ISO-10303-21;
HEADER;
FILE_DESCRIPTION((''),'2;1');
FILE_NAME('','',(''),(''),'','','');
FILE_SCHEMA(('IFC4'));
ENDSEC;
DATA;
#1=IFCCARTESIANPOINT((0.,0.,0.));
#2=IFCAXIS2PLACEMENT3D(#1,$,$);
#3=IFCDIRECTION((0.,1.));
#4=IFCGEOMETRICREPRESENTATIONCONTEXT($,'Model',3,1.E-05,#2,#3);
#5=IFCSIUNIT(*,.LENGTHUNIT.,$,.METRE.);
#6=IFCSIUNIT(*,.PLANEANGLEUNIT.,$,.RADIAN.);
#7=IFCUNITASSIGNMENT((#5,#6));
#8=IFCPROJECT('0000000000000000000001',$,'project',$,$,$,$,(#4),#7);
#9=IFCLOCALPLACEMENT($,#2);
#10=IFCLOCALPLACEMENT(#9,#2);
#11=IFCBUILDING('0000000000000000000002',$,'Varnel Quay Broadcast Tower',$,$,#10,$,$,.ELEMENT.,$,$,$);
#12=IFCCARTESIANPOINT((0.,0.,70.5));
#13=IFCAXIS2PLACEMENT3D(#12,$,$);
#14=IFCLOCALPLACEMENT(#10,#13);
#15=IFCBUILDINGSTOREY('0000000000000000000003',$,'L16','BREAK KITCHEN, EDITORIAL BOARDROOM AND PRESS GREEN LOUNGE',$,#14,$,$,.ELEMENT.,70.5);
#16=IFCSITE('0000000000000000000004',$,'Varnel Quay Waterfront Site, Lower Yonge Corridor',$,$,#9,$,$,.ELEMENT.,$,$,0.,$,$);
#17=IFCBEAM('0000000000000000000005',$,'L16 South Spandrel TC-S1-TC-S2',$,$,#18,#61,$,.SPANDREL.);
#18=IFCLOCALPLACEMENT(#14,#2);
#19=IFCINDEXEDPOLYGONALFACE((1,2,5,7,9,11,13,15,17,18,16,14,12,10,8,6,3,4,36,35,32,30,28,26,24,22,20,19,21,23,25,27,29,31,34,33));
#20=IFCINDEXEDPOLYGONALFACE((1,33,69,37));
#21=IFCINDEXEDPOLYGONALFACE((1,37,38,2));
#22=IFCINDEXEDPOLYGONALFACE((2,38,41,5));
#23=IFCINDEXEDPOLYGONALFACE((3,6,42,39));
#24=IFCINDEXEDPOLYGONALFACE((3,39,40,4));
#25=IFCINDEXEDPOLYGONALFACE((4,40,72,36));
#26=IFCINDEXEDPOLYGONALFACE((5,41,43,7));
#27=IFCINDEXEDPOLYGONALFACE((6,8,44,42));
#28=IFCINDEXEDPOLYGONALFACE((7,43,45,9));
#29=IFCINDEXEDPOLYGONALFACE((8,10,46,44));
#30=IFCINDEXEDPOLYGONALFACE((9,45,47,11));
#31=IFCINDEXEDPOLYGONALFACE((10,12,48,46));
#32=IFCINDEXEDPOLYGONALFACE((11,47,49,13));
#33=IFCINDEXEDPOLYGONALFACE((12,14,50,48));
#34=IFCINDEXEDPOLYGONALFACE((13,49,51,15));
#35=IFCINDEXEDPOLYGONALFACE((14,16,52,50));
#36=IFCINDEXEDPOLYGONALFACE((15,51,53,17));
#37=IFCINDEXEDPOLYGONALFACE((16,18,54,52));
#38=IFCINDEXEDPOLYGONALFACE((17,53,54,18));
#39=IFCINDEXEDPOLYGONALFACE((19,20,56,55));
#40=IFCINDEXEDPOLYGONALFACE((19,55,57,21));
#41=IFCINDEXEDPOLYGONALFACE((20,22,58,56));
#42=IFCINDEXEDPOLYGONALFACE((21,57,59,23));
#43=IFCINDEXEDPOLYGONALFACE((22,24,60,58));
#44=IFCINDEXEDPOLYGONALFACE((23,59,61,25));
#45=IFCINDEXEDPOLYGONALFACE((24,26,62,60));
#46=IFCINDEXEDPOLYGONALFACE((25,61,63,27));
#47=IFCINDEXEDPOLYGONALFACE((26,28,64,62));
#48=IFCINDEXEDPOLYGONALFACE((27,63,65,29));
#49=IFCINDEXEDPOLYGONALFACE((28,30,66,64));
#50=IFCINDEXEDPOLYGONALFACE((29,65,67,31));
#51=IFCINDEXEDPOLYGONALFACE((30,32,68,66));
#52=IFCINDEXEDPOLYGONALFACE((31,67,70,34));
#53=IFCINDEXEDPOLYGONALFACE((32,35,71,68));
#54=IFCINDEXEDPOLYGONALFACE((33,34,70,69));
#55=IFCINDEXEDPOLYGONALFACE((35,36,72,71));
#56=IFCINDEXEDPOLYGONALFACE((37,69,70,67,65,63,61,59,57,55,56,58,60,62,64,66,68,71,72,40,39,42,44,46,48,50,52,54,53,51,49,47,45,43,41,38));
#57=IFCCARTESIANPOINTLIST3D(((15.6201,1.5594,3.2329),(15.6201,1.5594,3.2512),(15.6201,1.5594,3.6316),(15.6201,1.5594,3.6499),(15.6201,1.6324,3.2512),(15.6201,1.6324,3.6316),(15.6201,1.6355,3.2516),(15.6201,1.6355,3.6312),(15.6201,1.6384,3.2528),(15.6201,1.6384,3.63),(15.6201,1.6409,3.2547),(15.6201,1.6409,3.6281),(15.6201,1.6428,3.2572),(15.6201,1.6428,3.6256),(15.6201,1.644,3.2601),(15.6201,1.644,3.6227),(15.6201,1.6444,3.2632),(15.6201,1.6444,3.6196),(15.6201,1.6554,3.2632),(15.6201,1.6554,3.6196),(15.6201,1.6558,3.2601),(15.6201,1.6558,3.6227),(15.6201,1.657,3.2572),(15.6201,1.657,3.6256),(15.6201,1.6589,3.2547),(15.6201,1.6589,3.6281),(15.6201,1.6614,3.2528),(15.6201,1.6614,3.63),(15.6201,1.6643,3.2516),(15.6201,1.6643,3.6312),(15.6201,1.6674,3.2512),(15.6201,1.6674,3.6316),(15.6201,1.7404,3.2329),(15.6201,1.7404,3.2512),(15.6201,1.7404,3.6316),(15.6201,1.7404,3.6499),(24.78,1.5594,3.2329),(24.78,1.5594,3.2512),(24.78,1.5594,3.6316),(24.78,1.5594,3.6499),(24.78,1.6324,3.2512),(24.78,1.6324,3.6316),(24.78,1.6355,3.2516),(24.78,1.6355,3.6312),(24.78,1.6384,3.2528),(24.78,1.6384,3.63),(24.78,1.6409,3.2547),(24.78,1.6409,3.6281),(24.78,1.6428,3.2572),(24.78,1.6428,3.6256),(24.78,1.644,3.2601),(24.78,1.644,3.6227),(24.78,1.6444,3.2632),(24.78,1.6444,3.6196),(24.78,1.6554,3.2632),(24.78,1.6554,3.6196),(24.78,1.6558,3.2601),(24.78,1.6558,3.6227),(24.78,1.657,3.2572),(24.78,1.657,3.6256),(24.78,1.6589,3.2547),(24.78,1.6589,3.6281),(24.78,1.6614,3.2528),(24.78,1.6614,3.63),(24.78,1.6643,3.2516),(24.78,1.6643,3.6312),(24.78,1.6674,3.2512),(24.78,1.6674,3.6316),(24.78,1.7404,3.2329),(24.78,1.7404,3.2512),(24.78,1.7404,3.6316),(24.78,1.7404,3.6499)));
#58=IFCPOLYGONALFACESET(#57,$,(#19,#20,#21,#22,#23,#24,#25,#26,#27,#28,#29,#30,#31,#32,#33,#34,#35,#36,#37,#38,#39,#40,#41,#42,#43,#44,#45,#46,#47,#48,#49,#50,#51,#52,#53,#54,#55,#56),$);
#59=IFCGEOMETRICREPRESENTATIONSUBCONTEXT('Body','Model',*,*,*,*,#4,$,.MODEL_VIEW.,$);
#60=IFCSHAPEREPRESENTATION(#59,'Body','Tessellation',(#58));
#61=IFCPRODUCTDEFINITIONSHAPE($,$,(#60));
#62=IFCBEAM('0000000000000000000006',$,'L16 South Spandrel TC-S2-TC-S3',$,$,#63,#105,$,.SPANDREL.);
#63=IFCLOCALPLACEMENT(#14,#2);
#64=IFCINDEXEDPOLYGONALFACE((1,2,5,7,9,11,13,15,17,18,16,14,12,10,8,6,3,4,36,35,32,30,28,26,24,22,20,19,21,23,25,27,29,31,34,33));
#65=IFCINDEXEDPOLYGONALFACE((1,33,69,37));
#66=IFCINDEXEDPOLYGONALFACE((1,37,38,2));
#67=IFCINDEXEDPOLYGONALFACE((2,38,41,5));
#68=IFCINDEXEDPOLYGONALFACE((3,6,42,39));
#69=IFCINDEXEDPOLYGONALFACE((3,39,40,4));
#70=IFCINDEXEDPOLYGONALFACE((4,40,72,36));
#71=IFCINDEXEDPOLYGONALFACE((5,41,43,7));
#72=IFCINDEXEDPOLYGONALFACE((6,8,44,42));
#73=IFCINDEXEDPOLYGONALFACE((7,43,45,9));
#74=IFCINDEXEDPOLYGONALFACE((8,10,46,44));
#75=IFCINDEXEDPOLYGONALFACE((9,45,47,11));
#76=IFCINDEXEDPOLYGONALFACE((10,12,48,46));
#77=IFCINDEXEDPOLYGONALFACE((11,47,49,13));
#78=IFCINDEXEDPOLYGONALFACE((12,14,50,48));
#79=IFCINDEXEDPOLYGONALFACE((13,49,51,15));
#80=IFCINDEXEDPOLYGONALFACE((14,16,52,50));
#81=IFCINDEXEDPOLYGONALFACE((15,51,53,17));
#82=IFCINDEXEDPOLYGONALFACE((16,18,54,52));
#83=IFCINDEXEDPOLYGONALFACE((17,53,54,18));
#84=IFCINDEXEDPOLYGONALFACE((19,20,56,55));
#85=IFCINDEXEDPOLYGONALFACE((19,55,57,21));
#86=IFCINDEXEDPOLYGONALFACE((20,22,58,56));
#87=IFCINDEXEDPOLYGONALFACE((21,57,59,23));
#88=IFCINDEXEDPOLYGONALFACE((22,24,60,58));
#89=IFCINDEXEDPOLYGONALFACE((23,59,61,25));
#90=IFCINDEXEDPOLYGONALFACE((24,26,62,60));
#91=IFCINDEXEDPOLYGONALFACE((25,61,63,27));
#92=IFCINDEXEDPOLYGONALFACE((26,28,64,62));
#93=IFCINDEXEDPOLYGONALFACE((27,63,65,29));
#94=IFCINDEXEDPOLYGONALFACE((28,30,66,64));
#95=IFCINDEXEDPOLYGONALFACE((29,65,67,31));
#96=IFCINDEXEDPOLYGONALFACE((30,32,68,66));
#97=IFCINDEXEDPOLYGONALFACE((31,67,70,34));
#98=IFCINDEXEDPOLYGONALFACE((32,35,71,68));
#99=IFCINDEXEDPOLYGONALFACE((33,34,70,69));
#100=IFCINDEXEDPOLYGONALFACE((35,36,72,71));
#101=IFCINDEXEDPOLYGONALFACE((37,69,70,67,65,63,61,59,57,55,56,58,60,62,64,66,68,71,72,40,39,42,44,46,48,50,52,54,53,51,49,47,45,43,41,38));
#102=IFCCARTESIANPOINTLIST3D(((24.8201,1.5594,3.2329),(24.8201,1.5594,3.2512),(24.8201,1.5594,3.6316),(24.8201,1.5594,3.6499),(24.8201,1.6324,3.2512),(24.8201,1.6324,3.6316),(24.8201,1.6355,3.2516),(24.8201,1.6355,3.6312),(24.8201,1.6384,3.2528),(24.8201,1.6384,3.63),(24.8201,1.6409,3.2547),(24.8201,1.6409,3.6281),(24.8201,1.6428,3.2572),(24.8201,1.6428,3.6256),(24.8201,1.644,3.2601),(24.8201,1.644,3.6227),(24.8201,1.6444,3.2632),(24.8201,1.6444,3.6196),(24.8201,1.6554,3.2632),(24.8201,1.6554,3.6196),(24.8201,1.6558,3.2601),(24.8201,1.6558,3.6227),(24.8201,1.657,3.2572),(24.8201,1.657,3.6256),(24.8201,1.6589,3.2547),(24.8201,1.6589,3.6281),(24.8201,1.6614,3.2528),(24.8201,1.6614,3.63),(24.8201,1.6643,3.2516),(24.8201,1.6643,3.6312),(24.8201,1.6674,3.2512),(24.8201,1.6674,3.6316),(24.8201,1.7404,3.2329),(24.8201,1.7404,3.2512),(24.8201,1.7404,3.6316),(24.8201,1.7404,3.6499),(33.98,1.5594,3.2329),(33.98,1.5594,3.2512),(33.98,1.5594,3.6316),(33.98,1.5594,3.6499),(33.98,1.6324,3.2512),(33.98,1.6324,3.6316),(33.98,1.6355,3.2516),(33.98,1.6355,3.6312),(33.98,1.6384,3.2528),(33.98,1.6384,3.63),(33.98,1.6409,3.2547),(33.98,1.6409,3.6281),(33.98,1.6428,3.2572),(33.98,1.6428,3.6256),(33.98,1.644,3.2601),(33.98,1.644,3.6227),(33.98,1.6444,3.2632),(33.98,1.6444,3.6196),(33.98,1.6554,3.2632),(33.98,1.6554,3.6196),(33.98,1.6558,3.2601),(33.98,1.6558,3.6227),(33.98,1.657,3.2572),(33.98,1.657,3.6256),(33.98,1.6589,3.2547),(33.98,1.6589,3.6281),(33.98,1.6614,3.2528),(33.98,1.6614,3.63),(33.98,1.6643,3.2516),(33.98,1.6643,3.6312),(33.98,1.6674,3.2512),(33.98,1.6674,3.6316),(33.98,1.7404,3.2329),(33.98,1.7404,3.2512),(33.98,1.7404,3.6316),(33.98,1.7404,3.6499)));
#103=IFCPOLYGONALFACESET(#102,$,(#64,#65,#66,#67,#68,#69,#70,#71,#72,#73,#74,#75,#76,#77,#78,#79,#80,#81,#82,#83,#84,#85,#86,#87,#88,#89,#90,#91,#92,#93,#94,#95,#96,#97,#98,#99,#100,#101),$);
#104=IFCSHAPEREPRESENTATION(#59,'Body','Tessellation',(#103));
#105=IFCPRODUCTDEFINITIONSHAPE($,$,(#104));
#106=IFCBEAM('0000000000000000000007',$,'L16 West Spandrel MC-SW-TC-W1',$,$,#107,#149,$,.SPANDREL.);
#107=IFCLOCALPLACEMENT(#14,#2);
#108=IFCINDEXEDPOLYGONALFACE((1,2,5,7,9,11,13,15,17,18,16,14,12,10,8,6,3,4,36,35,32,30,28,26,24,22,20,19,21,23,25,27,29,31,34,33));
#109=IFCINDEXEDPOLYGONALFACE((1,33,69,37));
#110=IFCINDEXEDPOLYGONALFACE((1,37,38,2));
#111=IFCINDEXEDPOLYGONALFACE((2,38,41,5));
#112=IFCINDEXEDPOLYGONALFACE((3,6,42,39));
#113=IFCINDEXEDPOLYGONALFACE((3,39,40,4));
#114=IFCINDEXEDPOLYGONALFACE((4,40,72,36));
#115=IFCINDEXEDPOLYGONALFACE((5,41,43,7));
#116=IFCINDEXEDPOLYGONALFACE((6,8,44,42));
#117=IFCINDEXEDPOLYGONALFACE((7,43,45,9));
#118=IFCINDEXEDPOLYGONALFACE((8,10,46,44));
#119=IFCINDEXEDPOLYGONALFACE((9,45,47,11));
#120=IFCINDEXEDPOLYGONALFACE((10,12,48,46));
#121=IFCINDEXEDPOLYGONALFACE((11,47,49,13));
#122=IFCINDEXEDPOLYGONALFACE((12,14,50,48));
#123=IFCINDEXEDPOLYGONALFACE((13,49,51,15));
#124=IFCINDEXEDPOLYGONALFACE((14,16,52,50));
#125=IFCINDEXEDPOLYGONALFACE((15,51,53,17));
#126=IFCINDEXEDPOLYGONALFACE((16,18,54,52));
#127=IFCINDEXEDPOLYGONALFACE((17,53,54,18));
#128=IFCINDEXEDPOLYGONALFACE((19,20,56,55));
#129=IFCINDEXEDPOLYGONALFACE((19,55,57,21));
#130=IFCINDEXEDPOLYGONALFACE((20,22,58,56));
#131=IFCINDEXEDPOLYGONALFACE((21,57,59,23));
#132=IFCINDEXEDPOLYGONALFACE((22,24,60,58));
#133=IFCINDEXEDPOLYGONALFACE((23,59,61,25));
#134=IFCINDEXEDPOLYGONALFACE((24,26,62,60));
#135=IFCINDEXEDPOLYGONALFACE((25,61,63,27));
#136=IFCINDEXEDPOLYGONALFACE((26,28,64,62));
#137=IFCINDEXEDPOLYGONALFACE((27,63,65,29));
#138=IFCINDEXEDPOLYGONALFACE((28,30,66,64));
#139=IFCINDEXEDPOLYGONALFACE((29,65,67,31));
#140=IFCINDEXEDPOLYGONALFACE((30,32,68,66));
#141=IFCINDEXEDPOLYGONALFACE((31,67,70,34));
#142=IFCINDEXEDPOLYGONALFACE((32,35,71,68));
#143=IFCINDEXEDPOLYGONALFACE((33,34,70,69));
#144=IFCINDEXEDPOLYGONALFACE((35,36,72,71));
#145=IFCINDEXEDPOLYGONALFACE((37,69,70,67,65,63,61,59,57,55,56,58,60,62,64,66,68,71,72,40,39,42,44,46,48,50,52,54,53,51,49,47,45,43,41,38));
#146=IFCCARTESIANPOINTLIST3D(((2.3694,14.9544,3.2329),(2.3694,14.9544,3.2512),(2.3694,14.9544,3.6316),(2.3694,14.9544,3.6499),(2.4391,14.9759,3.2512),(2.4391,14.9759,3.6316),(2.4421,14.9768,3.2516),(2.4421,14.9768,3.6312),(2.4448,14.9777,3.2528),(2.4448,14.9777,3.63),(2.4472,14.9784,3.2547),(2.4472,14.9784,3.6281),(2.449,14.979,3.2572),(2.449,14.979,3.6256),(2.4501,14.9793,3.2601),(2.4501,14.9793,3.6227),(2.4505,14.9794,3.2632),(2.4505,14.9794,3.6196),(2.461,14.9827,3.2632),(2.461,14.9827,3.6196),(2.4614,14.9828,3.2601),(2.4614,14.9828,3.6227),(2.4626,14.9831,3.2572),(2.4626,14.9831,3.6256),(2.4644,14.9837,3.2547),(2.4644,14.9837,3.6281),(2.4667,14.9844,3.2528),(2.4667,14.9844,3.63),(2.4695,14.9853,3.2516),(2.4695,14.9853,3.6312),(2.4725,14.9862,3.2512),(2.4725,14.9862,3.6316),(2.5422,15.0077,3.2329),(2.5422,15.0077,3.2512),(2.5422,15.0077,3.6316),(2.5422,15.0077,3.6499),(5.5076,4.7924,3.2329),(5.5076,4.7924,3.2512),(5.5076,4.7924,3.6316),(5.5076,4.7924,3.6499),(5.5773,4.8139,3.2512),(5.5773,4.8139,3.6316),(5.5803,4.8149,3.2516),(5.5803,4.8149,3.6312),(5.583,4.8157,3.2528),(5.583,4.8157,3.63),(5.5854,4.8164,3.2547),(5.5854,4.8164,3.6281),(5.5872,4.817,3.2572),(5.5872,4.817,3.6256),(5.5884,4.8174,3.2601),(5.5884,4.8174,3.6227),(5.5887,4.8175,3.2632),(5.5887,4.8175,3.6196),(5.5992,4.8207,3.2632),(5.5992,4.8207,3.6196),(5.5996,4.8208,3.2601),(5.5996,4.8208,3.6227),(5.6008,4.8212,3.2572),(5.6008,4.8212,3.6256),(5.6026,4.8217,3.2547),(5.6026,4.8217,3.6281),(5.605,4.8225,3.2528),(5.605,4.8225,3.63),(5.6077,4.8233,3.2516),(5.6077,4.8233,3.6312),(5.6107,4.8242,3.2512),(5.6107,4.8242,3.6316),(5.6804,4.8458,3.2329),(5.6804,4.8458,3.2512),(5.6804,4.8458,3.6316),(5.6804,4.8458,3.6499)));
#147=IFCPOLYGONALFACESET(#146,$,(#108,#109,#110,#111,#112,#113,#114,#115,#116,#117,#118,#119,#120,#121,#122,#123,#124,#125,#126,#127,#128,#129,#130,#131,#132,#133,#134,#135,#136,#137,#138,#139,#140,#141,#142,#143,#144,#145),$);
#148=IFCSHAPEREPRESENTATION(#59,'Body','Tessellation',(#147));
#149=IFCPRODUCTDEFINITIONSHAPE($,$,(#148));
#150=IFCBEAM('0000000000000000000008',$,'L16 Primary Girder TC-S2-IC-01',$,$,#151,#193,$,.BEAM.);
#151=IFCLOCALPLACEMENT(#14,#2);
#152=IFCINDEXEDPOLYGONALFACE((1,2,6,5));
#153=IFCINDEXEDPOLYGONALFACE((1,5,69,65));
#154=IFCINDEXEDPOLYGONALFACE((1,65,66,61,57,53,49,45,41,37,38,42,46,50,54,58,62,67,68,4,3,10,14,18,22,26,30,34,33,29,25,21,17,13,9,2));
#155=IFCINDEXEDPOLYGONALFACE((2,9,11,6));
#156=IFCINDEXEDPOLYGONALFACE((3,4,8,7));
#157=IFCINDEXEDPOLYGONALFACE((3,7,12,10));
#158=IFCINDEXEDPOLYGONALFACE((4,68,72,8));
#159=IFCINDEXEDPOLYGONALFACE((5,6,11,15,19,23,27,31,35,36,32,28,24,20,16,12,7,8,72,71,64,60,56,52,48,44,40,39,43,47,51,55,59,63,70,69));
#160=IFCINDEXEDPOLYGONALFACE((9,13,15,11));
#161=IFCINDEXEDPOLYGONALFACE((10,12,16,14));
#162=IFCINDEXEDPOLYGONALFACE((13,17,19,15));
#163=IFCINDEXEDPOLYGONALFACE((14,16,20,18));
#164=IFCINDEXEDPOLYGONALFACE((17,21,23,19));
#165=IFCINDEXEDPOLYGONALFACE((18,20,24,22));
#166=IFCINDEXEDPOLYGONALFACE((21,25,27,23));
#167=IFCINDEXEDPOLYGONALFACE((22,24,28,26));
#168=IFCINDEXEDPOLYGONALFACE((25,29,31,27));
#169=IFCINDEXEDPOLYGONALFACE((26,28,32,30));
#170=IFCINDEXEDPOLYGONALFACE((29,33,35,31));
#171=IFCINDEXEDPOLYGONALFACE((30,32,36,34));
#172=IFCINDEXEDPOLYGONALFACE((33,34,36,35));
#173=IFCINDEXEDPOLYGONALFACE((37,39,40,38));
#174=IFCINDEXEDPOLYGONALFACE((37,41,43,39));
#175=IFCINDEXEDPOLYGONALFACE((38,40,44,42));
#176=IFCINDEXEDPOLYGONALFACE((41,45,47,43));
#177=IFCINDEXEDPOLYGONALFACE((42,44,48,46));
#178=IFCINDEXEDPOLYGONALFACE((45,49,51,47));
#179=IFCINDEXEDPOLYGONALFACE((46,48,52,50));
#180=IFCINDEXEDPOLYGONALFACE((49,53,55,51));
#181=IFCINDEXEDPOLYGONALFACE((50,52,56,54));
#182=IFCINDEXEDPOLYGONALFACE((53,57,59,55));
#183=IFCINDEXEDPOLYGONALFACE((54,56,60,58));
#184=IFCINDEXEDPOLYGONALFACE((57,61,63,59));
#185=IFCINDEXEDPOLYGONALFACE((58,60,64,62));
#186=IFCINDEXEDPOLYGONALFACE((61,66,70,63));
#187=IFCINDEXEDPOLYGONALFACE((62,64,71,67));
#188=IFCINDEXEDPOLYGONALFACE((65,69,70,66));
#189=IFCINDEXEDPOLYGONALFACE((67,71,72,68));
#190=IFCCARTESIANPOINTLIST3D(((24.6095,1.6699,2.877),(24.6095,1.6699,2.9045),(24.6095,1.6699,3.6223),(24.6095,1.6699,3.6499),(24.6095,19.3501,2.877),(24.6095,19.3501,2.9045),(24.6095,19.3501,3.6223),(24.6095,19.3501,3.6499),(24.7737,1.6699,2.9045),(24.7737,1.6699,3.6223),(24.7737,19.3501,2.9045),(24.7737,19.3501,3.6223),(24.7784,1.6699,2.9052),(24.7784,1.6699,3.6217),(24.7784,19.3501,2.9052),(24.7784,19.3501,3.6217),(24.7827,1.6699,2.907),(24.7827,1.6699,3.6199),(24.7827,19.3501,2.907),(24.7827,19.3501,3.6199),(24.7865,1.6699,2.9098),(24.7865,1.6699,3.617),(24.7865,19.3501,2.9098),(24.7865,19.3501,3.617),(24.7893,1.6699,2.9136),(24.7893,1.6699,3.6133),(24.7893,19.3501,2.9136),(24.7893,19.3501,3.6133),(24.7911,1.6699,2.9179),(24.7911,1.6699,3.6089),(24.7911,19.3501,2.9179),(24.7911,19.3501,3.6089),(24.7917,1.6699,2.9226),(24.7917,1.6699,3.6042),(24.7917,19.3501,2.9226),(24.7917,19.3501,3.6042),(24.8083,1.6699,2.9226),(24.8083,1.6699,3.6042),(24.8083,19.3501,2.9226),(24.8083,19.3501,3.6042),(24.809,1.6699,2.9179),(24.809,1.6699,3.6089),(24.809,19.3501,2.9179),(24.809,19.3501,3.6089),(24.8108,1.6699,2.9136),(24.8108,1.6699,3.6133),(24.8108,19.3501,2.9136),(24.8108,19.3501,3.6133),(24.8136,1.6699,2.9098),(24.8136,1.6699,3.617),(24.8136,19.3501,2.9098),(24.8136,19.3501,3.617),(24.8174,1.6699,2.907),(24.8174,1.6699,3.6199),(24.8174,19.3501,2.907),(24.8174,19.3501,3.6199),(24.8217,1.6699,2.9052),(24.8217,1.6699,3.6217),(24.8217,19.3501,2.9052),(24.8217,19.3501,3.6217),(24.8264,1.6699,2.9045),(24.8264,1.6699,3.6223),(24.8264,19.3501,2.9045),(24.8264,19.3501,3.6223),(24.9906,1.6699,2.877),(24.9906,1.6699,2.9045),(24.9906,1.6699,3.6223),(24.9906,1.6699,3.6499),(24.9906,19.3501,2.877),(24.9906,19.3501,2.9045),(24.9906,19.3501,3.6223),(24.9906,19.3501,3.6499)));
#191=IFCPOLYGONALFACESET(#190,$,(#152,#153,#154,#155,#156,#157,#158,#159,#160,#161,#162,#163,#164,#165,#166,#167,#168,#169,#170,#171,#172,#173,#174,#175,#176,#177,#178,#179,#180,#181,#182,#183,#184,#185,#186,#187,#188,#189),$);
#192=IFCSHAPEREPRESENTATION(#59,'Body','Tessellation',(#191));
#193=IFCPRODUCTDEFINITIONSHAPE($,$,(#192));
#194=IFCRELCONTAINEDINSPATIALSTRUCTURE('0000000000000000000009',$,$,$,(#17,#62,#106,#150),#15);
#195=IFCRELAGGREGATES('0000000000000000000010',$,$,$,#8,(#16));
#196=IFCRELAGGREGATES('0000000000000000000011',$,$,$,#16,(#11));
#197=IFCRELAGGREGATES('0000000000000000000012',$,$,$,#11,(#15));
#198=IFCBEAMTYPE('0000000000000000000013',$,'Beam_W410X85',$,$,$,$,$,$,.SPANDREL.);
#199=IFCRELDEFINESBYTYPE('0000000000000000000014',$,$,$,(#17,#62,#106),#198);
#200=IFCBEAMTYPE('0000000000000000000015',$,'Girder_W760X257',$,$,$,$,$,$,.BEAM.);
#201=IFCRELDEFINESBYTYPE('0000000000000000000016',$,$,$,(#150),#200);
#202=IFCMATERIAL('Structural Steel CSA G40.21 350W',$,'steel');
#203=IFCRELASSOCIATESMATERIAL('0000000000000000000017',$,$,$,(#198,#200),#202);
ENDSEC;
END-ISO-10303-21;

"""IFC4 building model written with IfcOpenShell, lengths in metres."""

from ifc_helpers import new_model, si_unit, direction, frame, origin, origin_2d, place, context, subcontext, project, spatial, i_section, extrude, source, transform, mapped, material, material_profile, profile_set, type_object, type_shapes, element, save


model = new_model("IFC4")

# Units and contexts
model_context = context("Model", 3, precision=1e-05, world=origin(), true_north=direction((0.0, 1.0)))
body_context = subcontext(model_context, "Body", "Model", "MODEL_VIEW")
ifc_project = project(units=[si_unit("LENGTHUNIT", "METRE"), si_unit("PLANEANGLEUNIT", "RADIAN")], contexts=[model_context])

# Site, building, storey
site_placement = place(None, origin())
site = spatial("IfcSite", under=ifc_project, at=site_placement, Name="Varnel Quay Waterfront Site, Lower Yonge Corridor", CompositionType="ELEMENT", RefElevation=0.0)
building_placement = place(site_placement, origin())
building = spatial("IfcBuilding", under=site, at=building_placement, Name="Varnel Quay Broadcast Tower", CompositionType="ELEMENT")
storey_placement = place(building_placement, frame((0.0, 0.0, 70.5)))
storey = spatial("IfcBuildingStorey", under=building, at=storey_placement, Name="L16", Description="BREAK KITCHEN, EDITORIAL BOARDROOM AND PRESS GREEN LOUNGE", CompositionType="ELEMENT", Elevation=70.5)

# Shared definitions
ifc_material_1 = material(Name="Structural Steel CSA G40.21 350W", Category="steel")

# Beams
ifc_material_profile_1 = material_profile(ifc_material_1, i_section(OverallWidth=0.1809, OverallDepth=0.417, WebThickness=0.011, FlangeThickness=0.0183, FilletRadius=0.012, at=origin_2d()), Name="W410X85")
ifc_profile_set_1 = profile_set([ifc_material_profile_1], Name="Structural Steel CSA G40.21 350W")
beam_type_1 = type_object("IfcBeamType", Name="Beam_W410X85", PredefinedType="SPANDREL", material=ifc_profile_set_1)
shared_shape_1 = source(origin(), body_context, "Body", "SweptSolid", [
    extrude(i_section(OverallWidth=0.1809, OverallDepth=0.417, WebThickness=0.011, FlangeThickness=0.0183, FilletRadius=0.012, at=origin_2d()), origin(), (0.0, 0.0, 1.0), 9.1599),
])
for number, where, z_axis, x_axis, name in (
    (1, (15.6201, 1.6499, 3.4414), (1.0, 0.0, 0.0), (0.0, 1.0, 0.0), "L16 South Spandrel TC-S1-TC-S2"),
    (2, (24.8201, 1.6499, 3.4414), (1.0, 0.0, 0.0), (0.0, 1.0, 0.0), "L16 South Spandrel TC-S2-TC-S3"),
):
    element("IfcBeam", number, at=place(storey_placement, frame(where, z_axis=z_axis, x_axis=x_axis)), inside=storey, type_object=beam_type_1, Name=name, PredefinedType="SPANDREL", context=body_context, shape_type="MappedRepresentation", body=[
        mapped(shared_shape_1, transform((0.0, 0.0, 0.0), x_axis=(1.0, 0.0, 0.0), y_axis=(0.0, 1.0, 0.0), z_axis=(0.0, 0.0, 1.0), scale=1.0)),
    ])
shared_shape_2 = source(origin(), body_context, "Body", "SweptSolid", [
    extrude(i_section(OverallWidth=0.1809, OverallDepth=0.417, WebThickness=0.011, FlangeThickness=0.0183, FilletRadius=0.012, at=origin_2d()), origin(), (0.0, 0.0, 1.0), 10.6355),
])
beam_1_placement = place(storey_placement, frame((5.594, 4.8191, 3.4414), z_axis=(-0.29507, 0.955476, 0.0), x_axis=(-0.955476, -0.29507, 0.0)))
element("IfcBeam", 3, at=beam_1_placement, inside=storey, type_object=beam_type_1, Name="L16 West Spandrel MC-SW-TC-W1", PredefinedType="SPANDREL", context=body_context, shape_type="MappedRepresentation", body=[
    mapped(shared_shape_2, transform((0.0, 0.0, 0.0), x_axis=(1.0, 0.0, 0.0), y_axis=(0.0, 1.0, 0.0), z_axis=(0.0, 0.0, 1.0), scale=1.0)),
])
ifc_material_profile_2 = material_profile(ifc_material_1, i_section(OverallWidth=0.3811, OverallDepth=0.7729, WebThickness=0.0166, FlangeThickness=0.0276, FilletRadius=0.0181, at=origin_2d()), Name="W760X257")
ifc_profile_set_2 = profile_set([ifc_material_profile_2], Name="Structural Steel CSA G40.21 350W")
beam_type_2 = type_object("IfcBeamType", Name="Girder_W760X257", PredefinedType="BEAM", material=ifc_profile_set_2)
shared_shape_3 = source(origin(), body_context, "Body", "SweptSolid", [
    extrude(i_section(OverallWidth=0.3811, OverallDepth=0.7729, WebThickness=0.0166, FlangeThickness=0.0276, FilletRadius=0.0181, at=origin_2d()), origin(), (0.0, 0.0, 1.0), 17.6802),
])
type_shapes(beam_type_2, [shared_shape_3])
beam_2_placement = place(storey_placement, frame((24.8, 1.6699, 3.2634), z_axis=(0.0, 1.0, 0.0), x_axis=(-1.0, 0.0, 0.0)))
element("IfcBeam", 4, at=beam_2_placement, inside=storey, type_object=beam_type_2, Name="L16 Primary Girder TC-S2-IC-01", PredefinedType="BEAM", context=body_context, shape_type="MappedRepresentation", body=[
    mapped(shared_shape_3, transform((0.0, 0.0, 0.0), x_axis=(1.0, 0.0, 0.0), y_axis=(0.0, 1.0, 0.0), z_axis=(0.0, 0.0, 1.0), scale=1.0)),
])

save(model, "model.ifc")
